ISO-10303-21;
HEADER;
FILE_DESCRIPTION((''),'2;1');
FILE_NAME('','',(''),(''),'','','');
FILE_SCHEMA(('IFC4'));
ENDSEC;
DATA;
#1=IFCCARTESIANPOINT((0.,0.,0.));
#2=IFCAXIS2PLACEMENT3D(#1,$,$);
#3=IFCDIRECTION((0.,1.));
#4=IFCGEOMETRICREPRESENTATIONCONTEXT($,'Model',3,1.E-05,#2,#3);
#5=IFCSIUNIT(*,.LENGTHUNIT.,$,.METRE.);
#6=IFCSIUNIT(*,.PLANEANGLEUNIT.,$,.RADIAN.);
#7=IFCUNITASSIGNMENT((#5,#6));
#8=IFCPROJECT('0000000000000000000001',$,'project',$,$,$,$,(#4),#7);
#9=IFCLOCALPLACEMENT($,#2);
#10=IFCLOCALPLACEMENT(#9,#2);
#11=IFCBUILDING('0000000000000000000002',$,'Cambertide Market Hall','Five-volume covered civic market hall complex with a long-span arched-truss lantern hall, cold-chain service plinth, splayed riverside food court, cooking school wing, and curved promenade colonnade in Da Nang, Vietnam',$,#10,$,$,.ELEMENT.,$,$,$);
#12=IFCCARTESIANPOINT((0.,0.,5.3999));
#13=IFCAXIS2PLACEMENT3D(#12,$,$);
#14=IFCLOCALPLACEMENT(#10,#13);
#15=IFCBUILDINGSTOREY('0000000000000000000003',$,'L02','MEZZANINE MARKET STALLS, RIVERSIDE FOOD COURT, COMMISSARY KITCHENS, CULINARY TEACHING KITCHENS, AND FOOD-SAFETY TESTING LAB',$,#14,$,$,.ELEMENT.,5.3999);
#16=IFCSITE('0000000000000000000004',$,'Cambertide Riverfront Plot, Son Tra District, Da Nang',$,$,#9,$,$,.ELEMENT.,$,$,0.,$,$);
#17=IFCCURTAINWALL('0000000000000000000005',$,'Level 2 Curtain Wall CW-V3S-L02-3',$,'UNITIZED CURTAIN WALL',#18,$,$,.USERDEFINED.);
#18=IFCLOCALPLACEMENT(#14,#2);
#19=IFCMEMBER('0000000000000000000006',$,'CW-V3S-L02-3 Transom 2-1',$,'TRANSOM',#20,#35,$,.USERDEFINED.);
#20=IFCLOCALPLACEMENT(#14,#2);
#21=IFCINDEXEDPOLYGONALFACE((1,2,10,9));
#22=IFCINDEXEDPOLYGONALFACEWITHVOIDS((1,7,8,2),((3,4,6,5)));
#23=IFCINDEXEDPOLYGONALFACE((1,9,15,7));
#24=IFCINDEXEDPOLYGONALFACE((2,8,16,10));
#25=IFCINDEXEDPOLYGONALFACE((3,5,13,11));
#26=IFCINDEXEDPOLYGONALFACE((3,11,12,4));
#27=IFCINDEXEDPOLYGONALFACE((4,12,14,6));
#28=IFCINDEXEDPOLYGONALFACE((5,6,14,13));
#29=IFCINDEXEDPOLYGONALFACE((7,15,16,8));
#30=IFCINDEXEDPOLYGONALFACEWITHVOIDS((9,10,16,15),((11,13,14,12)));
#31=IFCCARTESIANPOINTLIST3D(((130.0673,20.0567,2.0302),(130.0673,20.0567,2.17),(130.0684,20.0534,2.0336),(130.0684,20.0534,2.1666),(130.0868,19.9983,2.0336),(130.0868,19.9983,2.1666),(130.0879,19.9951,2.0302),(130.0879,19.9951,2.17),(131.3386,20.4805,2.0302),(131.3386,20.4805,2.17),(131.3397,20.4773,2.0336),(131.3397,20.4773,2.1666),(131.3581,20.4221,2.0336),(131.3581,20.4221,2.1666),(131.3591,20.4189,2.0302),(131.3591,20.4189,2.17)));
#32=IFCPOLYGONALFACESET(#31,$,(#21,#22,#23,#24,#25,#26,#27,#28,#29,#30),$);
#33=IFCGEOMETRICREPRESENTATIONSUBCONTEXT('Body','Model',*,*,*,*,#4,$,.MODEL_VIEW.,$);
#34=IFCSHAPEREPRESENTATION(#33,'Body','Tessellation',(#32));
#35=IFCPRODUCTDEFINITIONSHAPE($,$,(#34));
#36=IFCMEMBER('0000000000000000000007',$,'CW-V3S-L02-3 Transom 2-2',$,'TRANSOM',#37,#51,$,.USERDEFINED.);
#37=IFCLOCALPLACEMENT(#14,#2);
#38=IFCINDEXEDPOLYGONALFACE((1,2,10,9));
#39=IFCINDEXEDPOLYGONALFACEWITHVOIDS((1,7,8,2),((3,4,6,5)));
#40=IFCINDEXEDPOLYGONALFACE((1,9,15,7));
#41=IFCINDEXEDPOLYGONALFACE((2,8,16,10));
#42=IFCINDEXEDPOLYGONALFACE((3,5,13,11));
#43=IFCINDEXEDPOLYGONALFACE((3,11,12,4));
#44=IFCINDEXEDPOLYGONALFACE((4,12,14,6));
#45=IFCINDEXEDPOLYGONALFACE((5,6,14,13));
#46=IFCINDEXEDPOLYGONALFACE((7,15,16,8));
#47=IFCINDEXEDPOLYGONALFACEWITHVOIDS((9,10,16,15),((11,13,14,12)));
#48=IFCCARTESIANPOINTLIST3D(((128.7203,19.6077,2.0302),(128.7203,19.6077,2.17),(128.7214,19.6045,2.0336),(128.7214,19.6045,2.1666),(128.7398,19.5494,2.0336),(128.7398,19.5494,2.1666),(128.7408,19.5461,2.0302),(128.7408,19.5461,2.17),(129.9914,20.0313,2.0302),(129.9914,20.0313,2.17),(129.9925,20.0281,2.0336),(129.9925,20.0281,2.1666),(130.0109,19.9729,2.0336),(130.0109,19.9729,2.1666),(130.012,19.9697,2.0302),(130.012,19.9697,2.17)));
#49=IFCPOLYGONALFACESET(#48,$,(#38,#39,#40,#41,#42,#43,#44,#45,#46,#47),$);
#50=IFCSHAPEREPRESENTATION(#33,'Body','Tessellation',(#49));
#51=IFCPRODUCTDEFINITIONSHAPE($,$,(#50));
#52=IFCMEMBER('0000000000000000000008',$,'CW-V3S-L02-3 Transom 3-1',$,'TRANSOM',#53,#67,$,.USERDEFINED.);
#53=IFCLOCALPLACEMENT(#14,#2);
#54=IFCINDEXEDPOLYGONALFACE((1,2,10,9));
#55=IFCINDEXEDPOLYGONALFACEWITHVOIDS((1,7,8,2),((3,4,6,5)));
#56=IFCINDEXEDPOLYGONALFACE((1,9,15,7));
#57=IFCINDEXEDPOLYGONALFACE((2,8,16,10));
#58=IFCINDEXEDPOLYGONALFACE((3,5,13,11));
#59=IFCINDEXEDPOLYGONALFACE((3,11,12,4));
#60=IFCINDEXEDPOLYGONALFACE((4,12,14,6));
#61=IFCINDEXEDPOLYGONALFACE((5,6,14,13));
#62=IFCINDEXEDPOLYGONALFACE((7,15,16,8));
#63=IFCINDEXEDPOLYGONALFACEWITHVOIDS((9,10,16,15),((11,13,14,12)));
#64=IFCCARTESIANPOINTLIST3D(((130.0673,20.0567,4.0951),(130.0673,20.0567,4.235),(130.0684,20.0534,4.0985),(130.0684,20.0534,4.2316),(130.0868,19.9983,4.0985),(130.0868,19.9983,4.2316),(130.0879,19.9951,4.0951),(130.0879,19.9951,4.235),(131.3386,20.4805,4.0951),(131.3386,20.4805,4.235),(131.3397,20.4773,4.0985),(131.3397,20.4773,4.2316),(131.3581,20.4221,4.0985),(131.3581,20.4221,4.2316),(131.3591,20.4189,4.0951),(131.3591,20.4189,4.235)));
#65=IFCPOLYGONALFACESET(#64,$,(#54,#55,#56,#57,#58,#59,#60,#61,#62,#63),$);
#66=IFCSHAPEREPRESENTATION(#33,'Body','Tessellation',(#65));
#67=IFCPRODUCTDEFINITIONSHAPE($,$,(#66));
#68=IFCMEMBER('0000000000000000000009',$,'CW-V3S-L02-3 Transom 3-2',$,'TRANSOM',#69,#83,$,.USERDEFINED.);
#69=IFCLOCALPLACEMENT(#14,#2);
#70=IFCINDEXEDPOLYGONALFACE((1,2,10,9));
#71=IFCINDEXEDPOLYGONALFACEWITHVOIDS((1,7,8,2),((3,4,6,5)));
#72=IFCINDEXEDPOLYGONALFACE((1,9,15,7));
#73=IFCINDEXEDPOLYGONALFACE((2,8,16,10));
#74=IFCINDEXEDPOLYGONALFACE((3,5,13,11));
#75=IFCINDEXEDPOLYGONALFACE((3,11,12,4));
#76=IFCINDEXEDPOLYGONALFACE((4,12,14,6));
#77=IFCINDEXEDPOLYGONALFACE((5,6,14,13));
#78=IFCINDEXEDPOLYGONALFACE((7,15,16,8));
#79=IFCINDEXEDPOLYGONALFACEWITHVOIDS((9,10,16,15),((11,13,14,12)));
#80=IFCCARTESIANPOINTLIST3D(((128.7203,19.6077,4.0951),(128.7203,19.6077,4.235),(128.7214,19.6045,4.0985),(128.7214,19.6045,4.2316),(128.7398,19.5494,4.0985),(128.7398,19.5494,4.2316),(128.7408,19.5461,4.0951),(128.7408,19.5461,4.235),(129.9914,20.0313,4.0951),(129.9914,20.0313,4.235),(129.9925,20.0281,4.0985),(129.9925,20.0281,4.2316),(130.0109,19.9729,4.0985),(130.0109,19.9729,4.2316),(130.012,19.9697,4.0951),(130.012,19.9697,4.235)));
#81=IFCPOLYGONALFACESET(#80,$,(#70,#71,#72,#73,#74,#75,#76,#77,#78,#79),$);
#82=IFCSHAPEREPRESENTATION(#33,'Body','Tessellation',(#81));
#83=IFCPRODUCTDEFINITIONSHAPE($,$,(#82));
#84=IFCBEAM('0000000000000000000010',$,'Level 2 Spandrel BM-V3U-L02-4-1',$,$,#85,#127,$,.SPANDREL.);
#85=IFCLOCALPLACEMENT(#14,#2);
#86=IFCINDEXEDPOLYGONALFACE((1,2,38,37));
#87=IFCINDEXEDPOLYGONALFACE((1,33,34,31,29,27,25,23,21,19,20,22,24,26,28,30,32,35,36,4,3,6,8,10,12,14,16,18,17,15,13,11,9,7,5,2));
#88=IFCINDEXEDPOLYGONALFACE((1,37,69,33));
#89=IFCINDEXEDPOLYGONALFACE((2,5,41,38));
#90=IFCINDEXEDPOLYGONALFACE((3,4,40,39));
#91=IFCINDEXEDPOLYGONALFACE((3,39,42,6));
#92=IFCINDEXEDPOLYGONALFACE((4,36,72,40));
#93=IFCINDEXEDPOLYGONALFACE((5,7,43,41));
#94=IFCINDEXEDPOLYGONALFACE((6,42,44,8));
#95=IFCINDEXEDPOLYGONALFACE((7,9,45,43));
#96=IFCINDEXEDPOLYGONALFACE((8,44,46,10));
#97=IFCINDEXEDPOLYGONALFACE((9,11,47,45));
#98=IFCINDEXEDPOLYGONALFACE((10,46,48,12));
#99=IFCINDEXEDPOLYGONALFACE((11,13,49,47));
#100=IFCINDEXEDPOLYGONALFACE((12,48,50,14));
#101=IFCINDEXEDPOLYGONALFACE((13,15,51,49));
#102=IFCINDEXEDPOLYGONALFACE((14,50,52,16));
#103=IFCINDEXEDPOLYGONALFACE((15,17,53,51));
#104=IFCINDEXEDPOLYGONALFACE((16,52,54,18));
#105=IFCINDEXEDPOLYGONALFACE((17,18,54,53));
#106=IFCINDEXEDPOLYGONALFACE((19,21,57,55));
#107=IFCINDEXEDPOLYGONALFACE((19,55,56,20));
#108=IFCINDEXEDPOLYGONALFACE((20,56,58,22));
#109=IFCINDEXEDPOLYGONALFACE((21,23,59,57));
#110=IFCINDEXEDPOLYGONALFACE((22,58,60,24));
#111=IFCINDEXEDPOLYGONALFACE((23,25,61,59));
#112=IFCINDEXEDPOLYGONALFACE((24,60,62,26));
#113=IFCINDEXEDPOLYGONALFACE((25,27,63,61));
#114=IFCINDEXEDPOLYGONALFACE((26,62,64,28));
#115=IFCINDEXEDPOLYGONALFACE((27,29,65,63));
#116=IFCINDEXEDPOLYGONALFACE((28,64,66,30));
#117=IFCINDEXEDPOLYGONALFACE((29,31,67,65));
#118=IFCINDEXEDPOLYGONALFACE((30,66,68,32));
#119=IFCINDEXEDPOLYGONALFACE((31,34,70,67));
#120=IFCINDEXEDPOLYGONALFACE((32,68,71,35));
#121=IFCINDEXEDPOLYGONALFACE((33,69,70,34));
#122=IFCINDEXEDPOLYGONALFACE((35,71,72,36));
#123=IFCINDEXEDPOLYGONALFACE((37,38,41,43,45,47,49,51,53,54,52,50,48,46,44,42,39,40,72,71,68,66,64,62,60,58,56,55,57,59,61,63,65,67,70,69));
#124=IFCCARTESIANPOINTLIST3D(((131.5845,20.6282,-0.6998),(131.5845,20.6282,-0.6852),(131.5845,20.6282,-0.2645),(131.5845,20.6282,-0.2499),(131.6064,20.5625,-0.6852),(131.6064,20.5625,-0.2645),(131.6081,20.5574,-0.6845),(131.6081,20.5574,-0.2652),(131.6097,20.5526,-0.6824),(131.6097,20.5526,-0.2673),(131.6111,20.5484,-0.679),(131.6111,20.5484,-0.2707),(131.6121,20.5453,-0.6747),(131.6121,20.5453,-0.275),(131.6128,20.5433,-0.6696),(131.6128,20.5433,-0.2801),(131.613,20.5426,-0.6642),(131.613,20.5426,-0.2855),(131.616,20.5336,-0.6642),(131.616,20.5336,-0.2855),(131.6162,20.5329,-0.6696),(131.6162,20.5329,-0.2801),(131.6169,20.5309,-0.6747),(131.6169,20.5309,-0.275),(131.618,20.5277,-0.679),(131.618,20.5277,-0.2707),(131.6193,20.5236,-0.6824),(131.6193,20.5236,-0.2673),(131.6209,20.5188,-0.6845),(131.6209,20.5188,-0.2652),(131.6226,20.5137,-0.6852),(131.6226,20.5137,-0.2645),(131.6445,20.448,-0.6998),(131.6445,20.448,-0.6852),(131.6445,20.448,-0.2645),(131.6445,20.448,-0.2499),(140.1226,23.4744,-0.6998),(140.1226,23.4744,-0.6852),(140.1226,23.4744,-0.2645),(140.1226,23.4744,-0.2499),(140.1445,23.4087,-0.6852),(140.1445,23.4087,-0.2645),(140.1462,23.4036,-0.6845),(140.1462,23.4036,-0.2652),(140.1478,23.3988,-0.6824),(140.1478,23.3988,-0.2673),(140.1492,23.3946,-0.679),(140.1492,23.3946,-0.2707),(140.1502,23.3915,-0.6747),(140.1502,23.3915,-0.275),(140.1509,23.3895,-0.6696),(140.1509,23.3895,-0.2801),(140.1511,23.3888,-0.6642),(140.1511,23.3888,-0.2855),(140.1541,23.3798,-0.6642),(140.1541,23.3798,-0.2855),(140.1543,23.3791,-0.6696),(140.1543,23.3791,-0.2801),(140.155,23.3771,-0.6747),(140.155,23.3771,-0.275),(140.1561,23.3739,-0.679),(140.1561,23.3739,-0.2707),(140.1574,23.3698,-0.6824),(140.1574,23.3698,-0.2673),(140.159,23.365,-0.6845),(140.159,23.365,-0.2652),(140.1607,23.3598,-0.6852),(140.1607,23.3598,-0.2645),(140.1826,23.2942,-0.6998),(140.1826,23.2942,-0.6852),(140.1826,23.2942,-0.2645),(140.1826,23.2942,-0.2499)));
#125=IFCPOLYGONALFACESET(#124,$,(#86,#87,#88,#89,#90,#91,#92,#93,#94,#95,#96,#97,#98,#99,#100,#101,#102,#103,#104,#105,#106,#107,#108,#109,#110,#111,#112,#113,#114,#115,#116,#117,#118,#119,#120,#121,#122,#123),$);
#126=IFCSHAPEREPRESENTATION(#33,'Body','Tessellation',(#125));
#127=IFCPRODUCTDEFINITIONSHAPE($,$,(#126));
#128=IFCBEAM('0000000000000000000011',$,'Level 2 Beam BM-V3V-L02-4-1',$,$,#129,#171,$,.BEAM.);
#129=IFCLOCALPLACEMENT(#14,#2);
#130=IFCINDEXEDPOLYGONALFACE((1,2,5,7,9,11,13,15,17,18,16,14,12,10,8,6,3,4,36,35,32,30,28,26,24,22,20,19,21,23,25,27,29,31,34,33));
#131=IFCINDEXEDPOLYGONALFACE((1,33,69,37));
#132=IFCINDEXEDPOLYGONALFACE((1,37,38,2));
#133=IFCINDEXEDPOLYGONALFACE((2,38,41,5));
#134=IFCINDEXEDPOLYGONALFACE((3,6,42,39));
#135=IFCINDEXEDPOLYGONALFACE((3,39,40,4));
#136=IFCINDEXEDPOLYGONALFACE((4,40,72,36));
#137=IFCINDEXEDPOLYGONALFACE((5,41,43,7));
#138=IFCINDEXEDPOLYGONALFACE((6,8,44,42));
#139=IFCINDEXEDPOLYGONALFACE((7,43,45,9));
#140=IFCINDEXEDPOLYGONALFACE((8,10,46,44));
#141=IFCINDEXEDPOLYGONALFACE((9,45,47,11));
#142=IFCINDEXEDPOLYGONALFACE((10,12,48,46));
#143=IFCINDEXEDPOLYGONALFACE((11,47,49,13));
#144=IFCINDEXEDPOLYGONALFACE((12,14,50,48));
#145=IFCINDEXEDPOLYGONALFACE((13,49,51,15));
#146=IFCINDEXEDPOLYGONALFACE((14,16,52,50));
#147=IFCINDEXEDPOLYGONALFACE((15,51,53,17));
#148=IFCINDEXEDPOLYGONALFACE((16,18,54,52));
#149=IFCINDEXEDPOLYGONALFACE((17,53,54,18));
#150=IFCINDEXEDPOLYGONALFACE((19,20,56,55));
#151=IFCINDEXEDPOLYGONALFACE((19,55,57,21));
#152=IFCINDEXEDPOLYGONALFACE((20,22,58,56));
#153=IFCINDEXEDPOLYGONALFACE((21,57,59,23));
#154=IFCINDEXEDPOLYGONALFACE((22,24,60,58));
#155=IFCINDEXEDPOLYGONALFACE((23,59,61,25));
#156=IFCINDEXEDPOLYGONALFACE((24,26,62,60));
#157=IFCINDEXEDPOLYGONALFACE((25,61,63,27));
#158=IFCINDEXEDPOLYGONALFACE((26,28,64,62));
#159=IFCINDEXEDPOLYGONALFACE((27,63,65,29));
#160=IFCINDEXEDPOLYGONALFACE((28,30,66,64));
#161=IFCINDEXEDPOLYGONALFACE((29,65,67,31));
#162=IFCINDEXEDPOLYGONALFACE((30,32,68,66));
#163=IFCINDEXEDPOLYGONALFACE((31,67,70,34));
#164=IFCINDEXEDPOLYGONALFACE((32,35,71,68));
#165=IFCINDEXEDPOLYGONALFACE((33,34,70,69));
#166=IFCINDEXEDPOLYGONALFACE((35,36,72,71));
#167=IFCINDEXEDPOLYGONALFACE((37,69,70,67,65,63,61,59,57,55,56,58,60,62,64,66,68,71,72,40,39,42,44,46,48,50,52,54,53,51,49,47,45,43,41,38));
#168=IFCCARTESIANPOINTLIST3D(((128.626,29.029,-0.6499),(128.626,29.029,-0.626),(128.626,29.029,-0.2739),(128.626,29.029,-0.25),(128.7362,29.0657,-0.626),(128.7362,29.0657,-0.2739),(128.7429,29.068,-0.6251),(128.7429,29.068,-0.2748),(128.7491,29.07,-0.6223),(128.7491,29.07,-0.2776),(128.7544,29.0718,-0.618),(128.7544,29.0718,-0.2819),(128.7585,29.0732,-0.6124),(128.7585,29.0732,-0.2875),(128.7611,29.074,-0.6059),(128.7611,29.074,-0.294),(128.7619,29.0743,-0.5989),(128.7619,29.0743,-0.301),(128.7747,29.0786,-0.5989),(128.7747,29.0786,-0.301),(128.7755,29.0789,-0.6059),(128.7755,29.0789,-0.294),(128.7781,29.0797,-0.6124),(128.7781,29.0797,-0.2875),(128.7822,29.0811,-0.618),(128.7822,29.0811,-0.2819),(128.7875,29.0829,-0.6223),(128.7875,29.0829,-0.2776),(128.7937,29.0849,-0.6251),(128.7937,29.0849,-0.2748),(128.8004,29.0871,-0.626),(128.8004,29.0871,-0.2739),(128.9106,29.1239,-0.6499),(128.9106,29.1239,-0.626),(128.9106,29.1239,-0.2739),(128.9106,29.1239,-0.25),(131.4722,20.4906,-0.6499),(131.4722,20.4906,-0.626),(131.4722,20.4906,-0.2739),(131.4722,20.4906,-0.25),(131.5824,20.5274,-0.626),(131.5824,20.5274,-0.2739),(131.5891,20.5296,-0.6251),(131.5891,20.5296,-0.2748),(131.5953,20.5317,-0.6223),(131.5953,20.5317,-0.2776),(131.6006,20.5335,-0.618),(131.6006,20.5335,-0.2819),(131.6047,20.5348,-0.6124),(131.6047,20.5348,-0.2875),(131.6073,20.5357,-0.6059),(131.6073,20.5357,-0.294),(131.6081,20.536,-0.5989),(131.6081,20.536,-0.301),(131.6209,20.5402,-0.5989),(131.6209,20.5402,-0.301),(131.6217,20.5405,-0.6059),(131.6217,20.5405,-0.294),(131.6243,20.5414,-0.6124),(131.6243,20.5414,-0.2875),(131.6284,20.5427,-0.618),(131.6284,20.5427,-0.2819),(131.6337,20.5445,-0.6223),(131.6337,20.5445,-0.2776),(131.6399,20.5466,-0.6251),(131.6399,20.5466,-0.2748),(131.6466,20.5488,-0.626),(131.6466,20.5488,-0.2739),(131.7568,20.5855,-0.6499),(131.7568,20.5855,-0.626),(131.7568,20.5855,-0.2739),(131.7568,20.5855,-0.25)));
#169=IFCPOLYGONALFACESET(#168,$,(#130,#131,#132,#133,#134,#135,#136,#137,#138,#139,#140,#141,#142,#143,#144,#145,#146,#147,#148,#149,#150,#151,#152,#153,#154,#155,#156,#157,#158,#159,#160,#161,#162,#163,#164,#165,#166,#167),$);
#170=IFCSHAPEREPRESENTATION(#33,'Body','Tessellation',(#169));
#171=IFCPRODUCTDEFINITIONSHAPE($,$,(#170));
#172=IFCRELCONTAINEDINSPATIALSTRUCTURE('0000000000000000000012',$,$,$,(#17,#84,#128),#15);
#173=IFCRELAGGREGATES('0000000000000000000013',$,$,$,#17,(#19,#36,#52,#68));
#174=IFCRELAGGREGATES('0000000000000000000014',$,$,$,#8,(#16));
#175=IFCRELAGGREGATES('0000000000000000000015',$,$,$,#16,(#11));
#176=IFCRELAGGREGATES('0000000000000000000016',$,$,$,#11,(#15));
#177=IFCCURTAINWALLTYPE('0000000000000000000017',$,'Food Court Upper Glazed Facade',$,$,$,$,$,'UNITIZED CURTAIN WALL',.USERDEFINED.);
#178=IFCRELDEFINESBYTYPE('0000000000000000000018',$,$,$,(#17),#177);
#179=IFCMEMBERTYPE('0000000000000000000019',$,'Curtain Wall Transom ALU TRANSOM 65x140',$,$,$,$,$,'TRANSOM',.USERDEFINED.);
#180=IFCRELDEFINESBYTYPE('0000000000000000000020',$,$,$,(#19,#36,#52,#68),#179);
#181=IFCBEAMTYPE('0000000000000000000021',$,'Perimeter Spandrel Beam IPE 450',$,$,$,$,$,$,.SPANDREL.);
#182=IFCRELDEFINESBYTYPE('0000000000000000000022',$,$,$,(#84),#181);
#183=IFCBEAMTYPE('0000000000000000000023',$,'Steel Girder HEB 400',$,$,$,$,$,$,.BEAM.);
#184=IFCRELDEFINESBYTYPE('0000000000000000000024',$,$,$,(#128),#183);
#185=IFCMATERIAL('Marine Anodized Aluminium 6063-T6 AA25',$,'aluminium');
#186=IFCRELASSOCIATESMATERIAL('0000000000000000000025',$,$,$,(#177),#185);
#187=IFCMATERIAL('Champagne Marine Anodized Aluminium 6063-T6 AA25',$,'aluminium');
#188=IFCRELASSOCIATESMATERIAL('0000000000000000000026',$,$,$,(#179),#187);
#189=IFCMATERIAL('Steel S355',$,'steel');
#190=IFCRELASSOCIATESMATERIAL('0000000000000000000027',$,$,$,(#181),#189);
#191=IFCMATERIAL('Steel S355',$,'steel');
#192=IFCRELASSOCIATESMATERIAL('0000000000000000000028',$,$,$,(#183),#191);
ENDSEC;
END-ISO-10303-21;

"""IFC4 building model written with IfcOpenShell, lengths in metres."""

from ifc_helpers import new_model, si_unit, direction, frame, origin, origin_2d, place, context, subcontext, project, spatial, hollow_rectangle, i_section, extrude, material, material_profile, profile_set, type_object, element, aggregate, save


model = new_model("IFC4")

# Units and contexts
model_context = context("Model", 3, precision=1e-05, world=origin(), true_north=direction((0.0, 1.0)))
body_context = subcontext(model_context, "Body", "Model", "MODEL_VIEW")
ifc_project = project(units=[si_unit("LENGTHUNIT", "METRE"), si_unit("PLANEANGLEUNIT", "RADIAN")], contexts=[model_context])

# Site, building, storey
site_placement = place(None, origin())
site = spatial("IfcSite", under=ifc_project, at=site_placement, Name="Cambertide Riverfront Plot, Son Tra District, Da Nang", CompositionType="ELEMENT", RefElevation=0.0)
building_placement = place(site_placement, origin())
building = spatial("IfcBuilding", under=site, at=building_placement, Name="Cambertide Market Hall", Description="Five-volume covered civic market hall complex with a long-span arched-truss lantern hall, cold-chain service plinth, splayed riverside food court, cooking school wing, and curved promenade colonnade in Da Nang, Vietnam", CompositionType="ELEMENT")
storey_placement = place(building_placement, frame((0.0, 0.0, 5.3999)))
storey = spatial("IfcBuildingStorey", under=building, at=storey_placement, Name="L02", Description="MEZZANINE MARKET STALLS, RIVERSIDE FOOD COURT, COMMISSARY KITCHENS, CULINARY TEACHING KITCHENS, AND FOOD-SAFETY TESTING LAB", CompositionType="ELEMENT", Elevation=5.3999)

# Curtain wall
ifc_material_1 = material(Name="Marine Anodized Aluminium 6063-T6 AA25", Category="aluminium")
curtain_wall_type = type_object("IfcCurtainWallType", Name="Food Court Upper Glazed Facade", ElementType="UNITIZED CURTAIN WALL", PredefinedType="USERDEFINED", material=ifc_material_1)
curtain_wall_1_placement = place(storey_placement, origin())
curtain_wall_1 = element("IfcCurtainWall", 1, at=curtain_wall_1_placement, inside=storey, type_object=curtain_wall_type, Name="Level 2 Curtain Wall CW-V3S-L02-3", ObjectType="UNITIZED CURTAIN WALL", PredefinedType="USERDEFINED")

# Members
ifc_material_2 = material(Name="Champagne Marine Anodized Aluminium 6063-T6 AA25", Category="aluminium")
ifc_material_profile_1 = material_profile(ifc_material_2, hollow_rectangle(XDim=0.0649, YDim=0.1399, WallThickness=0.0034, at=origin_2d()), Name="ALU TRANSOM 65x140")
ifc_profile_set_1 = profile_set([ifc_material_profile_1], Name="Champagne Marine Anodized Aluminium 6063-T6 AA25")
member_type_1 = type_object("IfcMemberType", Name="Curtain Wall Transom ALU TRANSOM 65x140", ElementType="TRANSOM", PredefinedType="USERDEFINED", material=ifc_profile_set_1)
member_1_placement = place(storey_placement, frame((131.3489, 20.4497, 2.1001), z_axis=(-0.948665, -0.316282, 0.0), x_axis=(0.316282, -0.948665, 0.0)))
member_1 = element("IfcMember", 2, at=member_1_placement, type_object=member_type_1, Name="CW-V3S-L02-3 Transom 2-1", ObjectType="TRANSOM", PredefinedType="USERDEFINED", context=body_context, shape_type="SweptSolid", body=[
    extrude(hollow_rectangle(XDim=0.0649, YDim=0.1399, WallThickness=0.0034, at=origin_2d()), origin(), (0.0, 0.0, 1.0), 1.3401),
])
member_2_placement = place(storey_placement, frame((130.0017, 20.0005, 2.1001), z_axis=(-0.94872, -0.316118, 0.0), x_axis=(0.316118, -0.94872, 0.0)))
member_2 = element("IfcMember", 3, at=member_2_placement, type_object=member_type_1, Name="CW-V3S-L02-3 Transom 2-2", ObjectType="TRANSOM", PredefinedType="USERDEFINED", context=body_context, shape_type="SweptSolid", body=[
    extrude(hollow_rectangle(XDim=0.0649, YDim=0.1399, WallThickness=0.0034, at=origin_2d()), origin(), (0.0, 0.0, 1.0), 1.3398),
])
member_3_placement = place(storey_placement, frame((131.3489, 20.4497, 4.165), z_axis=(-0.948665, -0.316282, 0.0), x_axis=(0.316282, -0.948665, 0.0)))
member_3 = element("IfcMember", 4, at=member_3_placement, type_object=member_type_1, Name="CW-V3S-L02-3 Transom 3-1", ObjectType="TRANSOM", PredefinedType="USERDEFINED", context=body_context, shape_type="SweptSolid", body=[
    extrude(hollow_rectangle(XDim=0.0649, YDim=0.1399, WallThickness=0.0034, at=origin_2d()), origin(), (0.0, 0.0, 1.0), 1.3401),
])
member_4_placement = place(storey_placement, frame((130.0017, 20.0005, 4.165), z_axis=(-0.94872, -0.316118, 0.0), x_axis=(0.316118, -0.94872, 0.0)))
member_4 = element("IfcMember", 5, at=member_4_placement, type_object=member_type_1, Name="CW-V3S-L02-3 Transom 3-2", ObjectType="TRANSOM", PredefinedType="USERDEFINED", context=body_context, shape_type="SweptSolid", body=[
    extrude(hollow_rectangle(XDim=0.0649, YDim=0.1399, WallThickness=0.0034, at=origin_2d()), origin(), (0.0, 0.0, 1.0), 1.3398),
])

# Beams
ifc_material_3 = material(Name="Steel S355", Category="steel")
ifc_material_profile_2 = material_profile(ifc_material_3, i_section(OverallWidth=0.1899, OverallDepth=0.45, WebThickness=0.0095, FlangeThickness=0.0146, FilletRadius=0.021, at=origin_2d()), Name="IPE 450")
ifc_profile_set_2 = profile_set([ifc_material_profile_2], Name="Steel S355")
beam_type_1 = type_object("IfcBeamType", Name="Perimeter Spandrel Beam IPE 450", PredefinedType="SPANDREL", material=ifc_profile_set_2)
beam_1_placement = place(storey_placement, frame((131.6145, 20.5381, -0.4749), z_axis=(0.948678, 0.316244, 0.0), x_axis=(-0.316244, 0.948678, 0.0)))
element("IfcBeam", 6, at=beam_1_placement, inside=storey, type_object=beam_type_1, Name="Level 2 Spandrel BM-V3U-L02-4-1", PredefinedType="SPANDREL", context=body_context, shape_type="SweptSolid", body=[
    extrude(i_section(OverallWidth=0.1899, OverallDepth=0.45, WebThickness=0.0095, FlangeThickness=0.0146, FilletRadius=0.021, at=origin_2d()), origin(), (0.0, 0.0, 1.0), 9.0),
])
ifc_material_4 = material(Name="Steel S355", Category="steel")
ifc_material_profile_3 = material_profile(ifc_material_4, i_section(OverallWidth=0.3, OverallDepth=0.3999, WebThickness=0.0134, FlangeThickness=0.0239, FilletRadius=0.0271, at=origin_2d()), Name="HEB 400")
ifc_profile_set_3 = profile_set([ifc_material_profile_3], Name="Steel S355")
beam_type_2 = type_object("IfcBeamType", Name="Steel Girder HEB 400", PredefinedType="BEAM", material=ifc_profile_set_3)
beam_2_placement = place(storey_placement, frame((131.6145, 20.5381, -0.45), z_axis=(-0.316236, 0.948681, 0.0), x_axis=(-0.948681, -0.316236, 0.0)))
element("IfcBeam", 7, at=beam_2_placement, inside=storey, type_object=beam_type_2, Name="Level 2 Beam BM-V3V-L02-4-1", PredefinedType="BEAM", context=body_context, shape_type="SweptSolid", body=[
    extrude(i_section(OverallWidth=0.3, OverallDepth=0.3999, WebThickness=0.0134, FlangeThickness=0.0239, FilletRadius=0.0271, at=origin_2d()), origin(), (0.0, 0.0, 1.0), 9.0002),
])

aggregate(curtain_wall_1, [member_1, member_2, member_3, member_4])

save(model, "model.ifc")
